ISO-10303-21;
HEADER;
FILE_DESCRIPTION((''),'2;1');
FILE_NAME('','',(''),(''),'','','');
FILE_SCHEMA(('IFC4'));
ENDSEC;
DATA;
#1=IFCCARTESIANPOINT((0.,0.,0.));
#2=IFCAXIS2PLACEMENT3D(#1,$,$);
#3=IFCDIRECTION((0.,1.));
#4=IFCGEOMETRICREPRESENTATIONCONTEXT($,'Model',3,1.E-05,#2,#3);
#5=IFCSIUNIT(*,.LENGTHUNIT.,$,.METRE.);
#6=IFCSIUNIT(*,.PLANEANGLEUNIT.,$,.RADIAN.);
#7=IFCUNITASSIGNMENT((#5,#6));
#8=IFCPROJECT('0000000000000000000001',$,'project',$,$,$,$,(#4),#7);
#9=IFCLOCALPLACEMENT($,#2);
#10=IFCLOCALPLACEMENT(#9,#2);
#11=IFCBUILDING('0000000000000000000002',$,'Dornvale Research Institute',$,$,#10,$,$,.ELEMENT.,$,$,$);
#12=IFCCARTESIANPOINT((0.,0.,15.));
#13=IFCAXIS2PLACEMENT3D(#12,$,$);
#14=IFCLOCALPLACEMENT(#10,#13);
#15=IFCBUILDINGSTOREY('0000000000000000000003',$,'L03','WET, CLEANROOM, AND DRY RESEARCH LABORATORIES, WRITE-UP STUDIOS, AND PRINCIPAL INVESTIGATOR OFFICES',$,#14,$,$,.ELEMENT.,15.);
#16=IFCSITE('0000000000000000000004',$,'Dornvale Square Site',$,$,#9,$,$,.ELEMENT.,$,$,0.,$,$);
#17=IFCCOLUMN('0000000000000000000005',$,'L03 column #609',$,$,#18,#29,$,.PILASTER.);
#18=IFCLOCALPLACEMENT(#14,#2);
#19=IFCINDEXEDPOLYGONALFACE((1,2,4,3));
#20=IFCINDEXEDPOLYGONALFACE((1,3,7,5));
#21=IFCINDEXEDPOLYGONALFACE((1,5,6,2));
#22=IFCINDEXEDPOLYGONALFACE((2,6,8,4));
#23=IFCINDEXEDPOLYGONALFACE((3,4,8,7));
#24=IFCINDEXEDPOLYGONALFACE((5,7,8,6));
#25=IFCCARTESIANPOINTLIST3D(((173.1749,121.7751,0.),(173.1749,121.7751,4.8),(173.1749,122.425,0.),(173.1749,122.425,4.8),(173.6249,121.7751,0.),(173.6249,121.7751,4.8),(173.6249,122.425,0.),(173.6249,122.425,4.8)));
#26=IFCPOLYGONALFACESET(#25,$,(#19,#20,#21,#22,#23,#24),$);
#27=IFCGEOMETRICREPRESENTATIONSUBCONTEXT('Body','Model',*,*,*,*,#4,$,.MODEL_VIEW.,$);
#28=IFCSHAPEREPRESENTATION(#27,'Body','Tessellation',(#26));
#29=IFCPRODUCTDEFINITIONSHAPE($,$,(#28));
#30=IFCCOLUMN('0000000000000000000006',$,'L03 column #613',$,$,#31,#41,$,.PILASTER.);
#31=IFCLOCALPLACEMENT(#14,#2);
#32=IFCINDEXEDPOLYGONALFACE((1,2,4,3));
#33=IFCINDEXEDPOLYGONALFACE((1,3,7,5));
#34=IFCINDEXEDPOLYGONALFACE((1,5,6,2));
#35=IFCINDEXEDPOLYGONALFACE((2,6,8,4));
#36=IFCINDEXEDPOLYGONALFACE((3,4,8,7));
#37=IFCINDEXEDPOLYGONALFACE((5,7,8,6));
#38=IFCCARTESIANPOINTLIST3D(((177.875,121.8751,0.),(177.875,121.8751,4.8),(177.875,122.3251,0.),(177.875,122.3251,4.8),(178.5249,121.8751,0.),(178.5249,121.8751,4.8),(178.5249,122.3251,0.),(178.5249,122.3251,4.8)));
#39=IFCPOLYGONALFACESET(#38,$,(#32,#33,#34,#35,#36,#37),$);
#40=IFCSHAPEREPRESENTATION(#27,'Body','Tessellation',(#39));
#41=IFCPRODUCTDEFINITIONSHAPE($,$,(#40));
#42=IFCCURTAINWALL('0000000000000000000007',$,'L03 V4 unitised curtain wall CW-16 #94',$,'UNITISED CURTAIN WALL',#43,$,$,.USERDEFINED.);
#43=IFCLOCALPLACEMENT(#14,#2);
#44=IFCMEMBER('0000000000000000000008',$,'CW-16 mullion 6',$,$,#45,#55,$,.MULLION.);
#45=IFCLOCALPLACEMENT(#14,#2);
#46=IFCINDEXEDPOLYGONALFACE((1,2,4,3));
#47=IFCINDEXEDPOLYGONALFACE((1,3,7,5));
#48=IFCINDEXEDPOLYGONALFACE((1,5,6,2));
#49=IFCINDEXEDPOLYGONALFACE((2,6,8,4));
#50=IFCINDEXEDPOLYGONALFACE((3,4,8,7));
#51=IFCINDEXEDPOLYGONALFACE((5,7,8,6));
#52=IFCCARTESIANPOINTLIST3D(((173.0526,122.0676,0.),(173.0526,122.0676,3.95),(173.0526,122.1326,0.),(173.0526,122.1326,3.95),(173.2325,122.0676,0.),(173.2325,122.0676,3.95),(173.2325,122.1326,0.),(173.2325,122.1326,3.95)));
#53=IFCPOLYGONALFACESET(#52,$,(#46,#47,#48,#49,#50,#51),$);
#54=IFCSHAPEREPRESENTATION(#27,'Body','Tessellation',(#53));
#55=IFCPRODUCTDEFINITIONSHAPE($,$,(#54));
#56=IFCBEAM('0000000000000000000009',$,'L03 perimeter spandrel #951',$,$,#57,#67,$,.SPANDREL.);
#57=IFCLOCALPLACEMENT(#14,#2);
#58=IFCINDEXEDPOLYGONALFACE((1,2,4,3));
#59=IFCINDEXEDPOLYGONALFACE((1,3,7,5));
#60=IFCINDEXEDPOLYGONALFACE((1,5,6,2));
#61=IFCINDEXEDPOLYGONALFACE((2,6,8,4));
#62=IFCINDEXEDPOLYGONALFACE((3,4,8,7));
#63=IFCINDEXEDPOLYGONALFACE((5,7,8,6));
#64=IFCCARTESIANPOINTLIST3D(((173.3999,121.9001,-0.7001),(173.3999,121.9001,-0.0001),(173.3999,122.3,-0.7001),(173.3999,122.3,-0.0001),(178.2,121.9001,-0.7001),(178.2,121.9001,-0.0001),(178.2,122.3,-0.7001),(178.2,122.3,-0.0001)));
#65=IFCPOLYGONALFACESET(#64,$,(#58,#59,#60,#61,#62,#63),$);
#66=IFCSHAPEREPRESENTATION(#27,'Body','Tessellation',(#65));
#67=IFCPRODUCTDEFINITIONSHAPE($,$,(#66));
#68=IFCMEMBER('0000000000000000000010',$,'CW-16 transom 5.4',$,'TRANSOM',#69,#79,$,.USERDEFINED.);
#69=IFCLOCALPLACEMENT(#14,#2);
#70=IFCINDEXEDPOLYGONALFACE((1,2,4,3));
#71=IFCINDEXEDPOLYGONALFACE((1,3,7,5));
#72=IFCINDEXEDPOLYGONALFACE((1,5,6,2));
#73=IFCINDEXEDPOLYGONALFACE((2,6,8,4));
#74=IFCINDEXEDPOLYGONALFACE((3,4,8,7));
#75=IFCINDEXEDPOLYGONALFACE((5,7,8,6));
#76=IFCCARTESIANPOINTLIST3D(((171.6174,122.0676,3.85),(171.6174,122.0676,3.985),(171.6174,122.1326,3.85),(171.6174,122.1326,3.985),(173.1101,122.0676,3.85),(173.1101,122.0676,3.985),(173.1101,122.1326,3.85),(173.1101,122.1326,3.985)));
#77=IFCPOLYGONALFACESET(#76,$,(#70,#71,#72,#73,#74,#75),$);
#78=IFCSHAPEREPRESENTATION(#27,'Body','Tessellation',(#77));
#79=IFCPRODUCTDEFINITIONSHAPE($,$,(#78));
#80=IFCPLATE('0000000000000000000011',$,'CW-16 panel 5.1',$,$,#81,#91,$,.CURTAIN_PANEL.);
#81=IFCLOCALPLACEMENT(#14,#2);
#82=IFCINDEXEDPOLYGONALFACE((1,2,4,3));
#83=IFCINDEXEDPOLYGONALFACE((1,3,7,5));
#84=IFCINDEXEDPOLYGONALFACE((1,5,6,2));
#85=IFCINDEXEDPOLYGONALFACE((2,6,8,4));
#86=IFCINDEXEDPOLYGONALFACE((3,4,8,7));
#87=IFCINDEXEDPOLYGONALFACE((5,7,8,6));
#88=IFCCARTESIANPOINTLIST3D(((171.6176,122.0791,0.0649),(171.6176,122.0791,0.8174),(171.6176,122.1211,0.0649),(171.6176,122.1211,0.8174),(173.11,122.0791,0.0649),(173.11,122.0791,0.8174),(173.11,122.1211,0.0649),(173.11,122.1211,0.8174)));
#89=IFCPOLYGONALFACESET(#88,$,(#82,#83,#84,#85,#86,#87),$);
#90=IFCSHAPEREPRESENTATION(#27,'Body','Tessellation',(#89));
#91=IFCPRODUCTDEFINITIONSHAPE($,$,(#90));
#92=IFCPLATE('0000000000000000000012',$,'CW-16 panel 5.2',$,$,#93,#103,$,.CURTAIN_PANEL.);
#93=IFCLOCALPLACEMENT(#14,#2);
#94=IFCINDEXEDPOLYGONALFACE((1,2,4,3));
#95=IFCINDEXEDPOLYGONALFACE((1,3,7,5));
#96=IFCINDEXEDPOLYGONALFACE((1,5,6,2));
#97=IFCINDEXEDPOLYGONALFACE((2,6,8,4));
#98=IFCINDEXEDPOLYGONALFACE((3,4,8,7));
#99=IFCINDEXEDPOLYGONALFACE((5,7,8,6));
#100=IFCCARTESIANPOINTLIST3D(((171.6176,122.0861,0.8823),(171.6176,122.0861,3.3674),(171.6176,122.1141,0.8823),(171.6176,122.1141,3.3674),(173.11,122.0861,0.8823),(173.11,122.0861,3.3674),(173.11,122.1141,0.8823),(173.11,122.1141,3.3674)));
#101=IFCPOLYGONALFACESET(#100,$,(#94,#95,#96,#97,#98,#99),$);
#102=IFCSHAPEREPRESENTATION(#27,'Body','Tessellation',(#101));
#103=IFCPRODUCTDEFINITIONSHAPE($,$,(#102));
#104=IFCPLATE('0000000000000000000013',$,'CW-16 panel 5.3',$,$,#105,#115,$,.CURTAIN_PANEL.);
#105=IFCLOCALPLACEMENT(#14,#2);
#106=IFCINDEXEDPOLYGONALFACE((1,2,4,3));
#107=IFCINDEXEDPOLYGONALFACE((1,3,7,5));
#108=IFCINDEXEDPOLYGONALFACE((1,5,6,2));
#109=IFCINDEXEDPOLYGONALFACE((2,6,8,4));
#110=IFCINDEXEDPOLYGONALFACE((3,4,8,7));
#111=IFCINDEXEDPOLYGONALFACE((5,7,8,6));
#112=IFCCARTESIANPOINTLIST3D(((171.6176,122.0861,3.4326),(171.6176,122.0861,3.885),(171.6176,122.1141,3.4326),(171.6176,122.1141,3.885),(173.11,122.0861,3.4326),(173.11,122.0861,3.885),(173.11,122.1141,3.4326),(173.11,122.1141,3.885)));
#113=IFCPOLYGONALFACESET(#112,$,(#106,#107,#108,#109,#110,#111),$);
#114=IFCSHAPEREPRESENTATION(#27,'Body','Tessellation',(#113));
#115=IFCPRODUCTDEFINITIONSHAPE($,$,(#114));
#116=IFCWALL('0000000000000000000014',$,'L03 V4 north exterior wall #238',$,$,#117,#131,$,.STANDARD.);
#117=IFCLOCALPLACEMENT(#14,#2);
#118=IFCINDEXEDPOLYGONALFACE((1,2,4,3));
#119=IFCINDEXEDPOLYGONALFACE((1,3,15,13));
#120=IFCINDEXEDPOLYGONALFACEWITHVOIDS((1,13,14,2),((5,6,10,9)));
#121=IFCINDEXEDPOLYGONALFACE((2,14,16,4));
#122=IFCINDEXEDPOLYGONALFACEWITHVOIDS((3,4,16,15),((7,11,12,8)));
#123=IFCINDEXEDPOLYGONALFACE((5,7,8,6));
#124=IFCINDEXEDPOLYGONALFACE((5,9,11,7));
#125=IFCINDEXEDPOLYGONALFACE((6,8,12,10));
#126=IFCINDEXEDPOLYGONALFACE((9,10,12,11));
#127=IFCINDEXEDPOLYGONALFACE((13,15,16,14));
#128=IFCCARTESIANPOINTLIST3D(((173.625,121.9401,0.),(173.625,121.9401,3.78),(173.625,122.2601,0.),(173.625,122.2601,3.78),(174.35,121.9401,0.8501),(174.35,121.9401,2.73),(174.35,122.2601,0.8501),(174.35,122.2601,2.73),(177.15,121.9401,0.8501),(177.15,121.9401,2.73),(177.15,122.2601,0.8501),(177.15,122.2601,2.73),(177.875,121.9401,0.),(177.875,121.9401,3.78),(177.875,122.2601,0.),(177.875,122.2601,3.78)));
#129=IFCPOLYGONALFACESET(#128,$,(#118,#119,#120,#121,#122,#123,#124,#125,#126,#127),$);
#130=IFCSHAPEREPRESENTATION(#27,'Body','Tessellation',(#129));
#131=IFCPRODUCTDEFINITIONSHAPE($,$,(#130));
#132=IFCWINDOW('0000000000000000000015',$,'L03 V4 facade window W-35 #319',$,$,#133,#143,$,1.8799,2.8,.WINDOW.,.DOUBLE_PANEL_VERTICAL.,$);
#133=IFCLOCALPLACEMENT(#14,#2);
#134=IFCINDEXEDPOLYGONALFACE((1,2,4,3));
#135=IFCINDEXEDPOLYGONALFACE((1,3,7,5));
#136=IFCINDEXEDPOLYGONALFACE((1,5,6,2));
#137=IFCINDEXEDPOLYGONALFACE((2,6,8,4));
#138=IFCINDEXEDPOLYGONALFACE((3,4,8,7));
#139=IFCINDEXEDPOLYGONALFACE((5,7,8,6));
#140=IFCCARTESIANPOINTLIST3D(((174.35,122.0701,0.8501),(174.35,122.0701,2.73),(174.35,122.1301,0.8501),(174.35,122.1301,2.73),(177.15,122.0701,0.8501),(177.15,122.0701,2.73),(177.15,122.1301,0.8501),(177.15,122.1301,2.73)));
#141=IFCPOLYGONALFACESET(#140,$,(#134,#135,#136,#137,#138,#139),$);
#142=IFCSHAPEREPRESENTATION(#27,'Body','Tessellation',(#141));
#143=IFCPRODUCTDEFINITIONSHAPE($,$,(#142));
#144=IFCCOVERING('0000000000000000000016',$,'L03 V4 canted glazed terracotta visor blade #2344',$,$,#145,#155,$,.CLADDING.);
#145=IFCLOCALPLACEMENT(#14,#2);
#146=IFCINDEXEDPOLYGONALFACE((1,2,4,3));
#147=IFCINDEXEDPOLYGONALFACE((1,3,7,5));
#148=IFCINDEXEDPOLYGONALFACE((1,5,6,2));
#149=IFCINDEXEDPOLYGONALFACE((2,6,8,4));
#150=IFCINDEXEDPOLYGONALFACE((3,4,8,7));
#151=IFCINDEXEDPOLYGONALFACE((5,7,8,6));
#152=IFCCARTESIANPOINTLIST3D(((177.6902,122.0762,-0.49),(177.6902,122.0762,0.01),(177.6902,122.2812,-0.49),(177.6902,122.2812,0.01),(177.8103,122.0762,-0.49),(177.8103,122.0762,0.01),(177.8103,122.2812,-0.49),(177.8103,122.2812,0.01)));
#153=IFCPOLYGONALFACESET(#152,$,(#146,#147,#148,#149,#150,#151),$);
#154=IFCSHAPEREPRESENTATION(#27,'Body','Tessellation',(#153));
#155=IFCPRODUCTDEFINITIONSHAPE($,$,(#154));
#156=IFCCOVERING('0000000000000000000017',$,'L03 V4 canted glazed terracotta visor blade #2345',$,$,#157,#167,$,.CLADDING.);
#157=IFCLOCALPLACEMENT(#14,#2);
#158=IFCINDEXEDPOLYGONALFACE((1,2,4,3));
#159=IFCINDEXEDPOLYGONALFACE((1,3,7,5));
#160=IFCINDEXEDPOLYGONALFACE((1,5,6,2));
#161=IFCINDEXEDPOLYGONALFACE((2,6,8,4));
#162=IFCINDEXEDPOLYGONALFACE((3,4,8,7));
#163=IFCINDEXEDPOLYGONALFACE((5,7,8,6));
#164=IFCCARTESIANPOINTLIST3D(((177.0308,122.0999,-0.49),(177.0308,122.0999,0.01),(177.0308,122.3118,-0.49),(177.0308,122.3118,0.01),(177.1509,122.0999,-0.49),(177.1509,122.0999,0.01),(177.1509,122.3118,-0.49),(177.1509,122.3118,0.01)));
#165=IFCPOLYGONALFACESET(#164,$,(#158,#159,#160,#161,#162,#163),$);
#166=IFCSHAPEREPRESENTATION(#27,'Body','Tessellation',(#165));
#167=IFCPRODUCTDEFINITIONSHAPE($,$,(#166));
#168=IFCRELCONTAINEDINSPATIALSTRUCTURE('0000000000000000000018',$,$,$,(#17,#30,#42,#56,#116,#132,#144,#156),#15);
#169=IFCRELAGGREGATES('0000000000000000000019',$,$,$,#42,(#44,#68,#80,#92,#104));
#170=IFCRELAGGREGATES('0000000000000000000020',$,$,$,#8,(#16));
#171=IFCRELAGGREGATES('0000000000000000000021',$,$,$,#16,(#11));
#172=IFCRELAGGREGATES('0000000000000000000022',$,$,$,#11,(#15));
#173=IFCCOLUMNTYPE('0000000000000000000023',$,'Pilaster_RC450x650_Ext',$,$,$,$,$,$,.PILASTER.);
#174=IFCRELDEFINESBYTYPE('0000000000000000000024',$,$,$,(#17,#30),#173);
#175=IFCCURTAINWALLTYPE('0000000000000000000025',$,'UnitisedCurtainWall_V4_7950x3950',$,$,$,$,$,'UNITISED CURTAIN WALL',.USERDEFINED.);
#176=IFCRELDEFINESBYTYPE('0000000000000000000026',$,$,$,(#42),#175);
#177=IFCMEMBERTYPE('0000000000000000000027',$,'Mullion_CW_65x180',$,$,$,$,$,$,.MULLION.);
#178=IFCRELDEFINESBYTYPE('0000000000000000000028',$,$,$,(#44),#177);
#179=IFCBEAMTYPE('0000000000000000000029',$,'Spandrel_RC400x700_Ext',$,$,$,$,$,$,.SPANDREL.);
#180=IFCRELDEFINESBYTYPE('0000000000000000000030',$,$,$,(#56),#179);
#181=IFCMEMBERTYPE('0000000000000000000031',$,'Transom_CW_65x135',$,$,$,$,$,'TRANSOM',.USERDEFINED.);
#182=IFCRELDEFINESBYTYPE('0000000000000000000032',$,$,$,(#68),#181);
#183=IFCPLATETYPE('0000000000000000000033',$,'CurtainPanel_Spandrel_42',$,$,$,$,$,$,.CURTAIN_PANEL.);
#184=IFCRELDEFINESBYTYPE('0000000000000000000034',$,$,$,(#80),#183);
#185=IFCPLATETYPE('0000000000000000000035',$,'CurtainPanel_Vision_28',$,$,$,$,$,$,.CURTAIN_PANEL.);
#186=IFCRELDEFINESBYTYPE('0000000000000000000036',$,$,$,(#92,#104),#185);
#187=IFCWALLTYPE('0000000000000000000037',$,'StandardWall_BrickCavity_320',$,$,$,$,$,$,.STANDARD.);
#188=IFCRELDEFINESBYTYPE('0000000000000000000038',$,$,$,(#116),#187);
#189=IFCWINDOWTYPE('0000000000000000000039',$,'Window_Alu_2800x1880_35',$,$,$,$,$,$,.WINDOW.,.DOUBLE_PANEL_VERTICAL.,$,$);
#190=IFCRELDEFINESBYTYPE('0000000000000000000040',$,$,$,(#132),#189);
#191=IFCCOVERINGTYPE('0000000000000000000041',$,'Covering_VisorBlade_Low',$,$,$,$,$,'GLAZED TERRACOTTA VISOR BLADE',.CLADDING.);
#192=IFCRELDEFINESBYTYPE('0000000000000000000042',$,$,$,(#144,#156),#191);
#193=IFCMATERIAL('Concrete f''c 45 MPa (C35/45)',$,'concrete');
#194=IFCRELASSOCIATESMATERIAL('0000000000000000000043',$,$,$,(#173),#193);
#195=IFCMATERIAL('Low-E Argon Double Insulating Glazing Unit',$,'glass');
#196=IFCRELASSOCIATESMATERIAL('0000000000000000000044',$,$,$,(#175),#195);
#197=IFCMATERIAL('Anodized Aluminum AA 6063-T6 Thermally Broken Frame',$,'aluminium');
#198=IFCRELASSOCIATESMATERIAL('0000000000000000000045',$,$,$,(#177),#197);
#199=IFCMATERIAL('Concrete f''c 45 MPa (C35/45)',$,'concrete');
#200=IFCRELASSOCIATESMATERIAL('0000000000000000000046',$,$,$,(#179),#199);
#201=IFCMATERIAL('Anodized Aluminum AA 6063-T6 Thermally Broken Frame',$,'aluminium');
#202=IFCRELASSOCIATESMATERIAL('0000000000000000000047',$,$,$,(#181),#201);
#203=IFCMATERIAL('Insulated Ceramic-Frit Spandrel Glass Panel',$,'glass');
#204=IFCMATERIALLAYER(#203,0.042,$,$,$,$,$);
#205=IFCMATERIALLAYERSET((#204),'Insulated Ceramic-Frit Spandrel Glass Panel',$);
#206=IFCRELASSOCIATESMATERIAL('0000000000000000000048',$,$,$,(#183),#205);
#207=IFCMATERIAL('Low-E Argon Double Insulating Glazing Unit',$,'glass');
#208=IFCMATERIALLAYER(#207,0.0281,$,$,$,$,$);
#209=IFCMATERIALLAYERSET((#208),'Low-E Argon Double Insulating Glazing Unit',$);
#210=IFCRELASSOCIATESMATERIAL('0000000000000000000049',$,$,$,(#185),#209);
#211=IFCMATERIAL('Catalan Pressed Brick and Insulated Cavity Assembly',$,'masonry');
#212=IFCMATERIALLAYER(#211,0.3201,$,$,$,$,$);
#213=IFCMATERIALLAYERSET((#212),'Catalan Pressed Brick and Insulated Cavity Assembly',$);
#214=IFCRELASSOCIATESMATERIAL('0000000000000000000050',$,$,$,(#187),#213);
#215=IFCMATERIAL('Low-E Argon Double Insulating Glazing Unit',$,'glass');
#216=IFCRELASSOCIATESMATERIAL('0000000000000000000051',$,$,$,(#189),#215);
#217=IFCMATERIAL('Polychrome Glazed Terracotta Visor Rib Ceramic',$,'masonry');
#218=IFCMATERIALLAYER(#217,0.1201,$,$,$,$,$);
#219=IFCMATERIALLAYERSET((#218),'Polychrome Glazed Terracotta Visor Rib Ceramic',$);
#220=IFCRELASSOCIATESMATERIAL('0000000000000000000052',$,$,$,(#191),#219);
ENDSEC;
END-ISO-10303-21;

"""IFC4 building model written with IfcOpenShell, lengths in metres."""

from ifc_helpers import new_model, si_unit, direction, frame, frame_2d, origin, origin_2d, place, context, subcontext, project, spatial, rectangle, extrude, material, layer, layer_set, material_profile, profile_set, type_object, element, fill, aggregate, save


model = new_model("IFC4")

# Units and contexts
model_context = context("Model", 3, precision=1e-05, world=origin(), true_north=direction((0.0, 1.0)))
body_context = subcontext(model_context, "Body", "Model", "MODEL_VIEW")
ifc_project = project(units=[si_unit("LENGTHUNIT", "METRE"), si_unit("PLANEANGLEUNIT", "RADIAN")], contexts=[model_context])

# Site, building, storey
site_placement = place(None, origin())
site = spatial("IfcSite", under=ifc_project, at=site_placement, Name="Dornvale Square Site", CompositionType="ELEMENT", RefElevation=0.0)
building_placement = place(site_placement, origin())
building = spatial("IfcBuilding", under=site, at=building_placement, Name="Dornvale Research Institute", CompositionType="ELEMENT")
storey_placement = place(building_placement, frame((0.0, 0.0, 15.0)))
storey = spatial("IfcBuildingStorey", under=building, at=storey_placement, Name="L03", Description="WET, CLEANROOM, AND DRY RESEARCH LABORATORIES, WRITE-UP STUDIOS, AND PRINCIPAL INVESTIGATOR OFFICES", CompositionType="ELEMENT", Elevation=15.0)

# Columns
ifc_material_1 = material(Name="Concrete f'c 45 MPa (C35/45)", Category="concrete")
ifc_material_profile_1 = material_profile(ifc_material_1, rectangle(XDim=0.45, YDim=0.6499, at=origin_2d()), Name="RC 450x650")
ifc_profile_set_1 = profile_set([ifc_material_profile_1], Name="Concrete f'c 45 MPa (C35/45)")
column_type = type_object("IfcColumnType", Name="Pilaster_RC450x650_Ext", PredefinedType="PILASTER", material=ifc_profile_set_1)
for number, where, z_axis, x_axis, name in (
    (1, (173.3999, 122.1001, 0.0), (0.0, 0.0, 1.0), (1.0, 0.0, 0.0), "L03 column #609"),
    (2, (178.2, 122.1001, 0.0), (0.0, 0.0, 1.0), (0.0, 1.0, 0.0), "L03 column #613"),
):
    element("IfcColumn", number, at=place(storey_placement, frame(where, z_axis=z_axis, x_axis=x_axis)), inside=storey, type_object=column_type, Name=name, PredefinedType="PILASTER", context=body_context, shape_type="SweptSolid", body=[
        extrude(rectangle(XDim=0.45, YDim=0.6499, at=origin_2d()), origin(), (0.0, 0.0, 1.0), 4.8),
    ])

# Curtain wall, member
ifc_material_2 = material(Name="Low-E Argon Double Insulating Glazing Unit", Category="glass")
curtain_wall_type = type_object("IfcCurtainWallType", Name="UnitisedCurtainWall_V4_7950x3950", ElementType="UNITISED CURTAIN WALL", PredefinedType="USERDEFINED", material=ifc_material_2)
curtain_wall_placement = place(storey_placement, origin())
curtain_wall = element("IfcCurtainWall", 3, at=curtain_wall_placement, inside=storey, type_object=curtain_wall_type, Name="L03 V4 unitised curtain wall CW-16 #94", ObjectType="UNITISED CURTAIN WALL", PredefinedType="USERDEFINED")
ifc_material_3 = material(Name="Anodized Aluminum AA 6063-T6 Thermally Broken Frame", Category="aluminium")
ifc_material_profile_2 = material_profile(ifc_material_3, rectangle(XDim=0.0649, YDim=0.1799, at=origin_2d()), Name="ALU MULLION 65x180")
ifc_profile_set_2 = profile_set([ifc_material_profile_2], Name="Anodized Aluminum AA 6063-T6 Thermally Broken Frame")
member_type_1 = type_object("IfcMemberType", Name="Mullion_CW_65x180", PredefinedType="MULLION", material=ifc_profile_set_2)
member_1_placement = place(storey_placement, frame((173.1426, 122.1001, 0.0), z_axis=(0.0, 0.0, 1.0), x_axis=(0.0, 1.0, 0.0)))
member_1 = element("IfcMember", 4, at=member_1_placement, type_object=member_type_1, Name="CW-16 mullion 6", PredefinedType="MULLION", context=body_context, shape_type="SweptSolid", body=[
    extrude(rectangle(XDim=0.0649, YDim=0.1799, at=origin_2d()), origin(), (0.0, 0.0, 1.0), 3.95),
])

# Beam
ifc_material_4 = material(Name="Concrete f'c 45 MPa (C35/45)", Category="concrete")
ifc_material_profile_3 = material_profile(ifc_material_4, rectangle(XDim=0.3999, YDim=0.7, at=origin_2d()), Name="RC 400x700")
ifc_profile_set_3 = profile_set([ifc_material_profile_3], Name="Concrete f'c 45 MPa (C35/45)")
beam_type = type_object("IfcBeamType", Name="Spandrel_RC400x700_Ext", PredefinedType="SPANDREL", material=ifc_profile_set_3)
beam_placement = place(storey_placement, frame((173.3999, 122.1001, -0.3501), z_axis=(1.0, 0.0, 0.0), x_axis=(0.0, 1.0, 0.0)))
element("IfcBeam", 5, at=beam_placement, inside=storey, type_object=beam_type, Name="L03 perimeter spandrel #951", PredefinedType="SPANDREL", context=body_context, shape_type="SweptSolid", body=[
    extrude(rectangle(XDim=0.3999, YDim=0.7, at=origin_2d()), origin(), (0.0, 0.0, 1.0), 4.8),
])

# Member
ifc_material_5 = material(Name="Anodized Aluminum AA 6063-T6 Thermally Broken Frame", Category="aluminium")
ifc_material_profile_4 = material_profile(ifc_material_5, rectangle(XDim=0.0649, YDim=0.135, at=origin_2d()), Name="ALU TRANSOM 65x135")
ifc_profile_set_4 = profile_set([ifc_material_profile_4], Name="Anodized Aluminum AA 6063-T6 Thermally Broken Frame")
member_type_2 = type_object("IfcMemberType", Name="Transom_CW_65x135", ElementType="TRANSOM", PredefinedType="USERDEFINED", material=ifc_profile_set_4)
member_2_placement = place(storey_placement, frame((171.6174, 122.1001, 3.9175), z_axis=(1.0, 0.0, 0.0), x_axis=(0.0, 1.0, 0.0)))
member_2 = element("IfcMember", 6, at=member_2_placement, type_object=member_type_2, Name="CW-16 transom 5.4", ObjectType="TRANSOM", PredefinedType="USERDEFINED", context=body_context, shape_type="SweptSolid", body=[
    extrude(rectangle(XDim=0.0649, YDim=0.135, at=origin_2d()), origin(), (0.0, 0.0, 1.0), 1.4927),
])

# Plates
ifc_material_6 = material(Name="Insulated Ceramic-Frit Spandrel Glass Panel", Category="glass")
ifc_layer_1 = layer(ifc_material_6, 0.042)
ifc_layer_set_1 = layer_set([ifc_layer_1], Name="Insulated Ceramic-Frit Spandrel Glass Panel")
plate_type_1 = type_object("IfcPlateType", Name="CurtainPanel_Spandrel_42", PredefinedType="CURTAIN_PANEL", material=ifc_layer_set_1)
plate_1_placement = place(storey_placement, frame((172.3638, 122.1001, 0.0649), z_axis=(0.0, 0.0, 1.0), x_axis=(1.0, 0.0, 0.0)))
plate_1 = element("IfcPlate", 7, at=plate_1_placement, type_object=plate_type_1, Name="CW-16 panel 5.1", PredefinedType="CURTAIN_PANEL", context=body_context, shape_type="SweptSolid", body=[
    extrude(rectangle(XDim=1.4924, YDim=0.042, at=origin_2d()), origin(), (0.0, 0.0, 1.0), 0.7524),
])
ifc_material_7 = material(Name="Low-E Argon Double Insulating Glazing Unit", Category="glass")
ifc_layer_2 = layer(ifc_material_7, 0.0281)
ifc_layer_set_2 = layer_set([ifc_layer_2], Name="Low-E Argon Double Insulating Glazing Unit")
plate_type_2 = type_object("IfcPlateType", Name="CurtainPanel_Vision_28", PredefinedType="CURTAIN_PANEL", material=ifc_layer_set_2)
plate_2_placement = place(storey_placement, frame((172.3638, 122.1001, 0.8823), z_axis=(0.0, 0.0, 1.0), x_axis=(1.0, 0.0, 0.0)))
plate_2 = element("IfcPlate", 8, at=plate_2_placement, type_object=plate_type_2, Name="CW-16 panel 5.2", PredefinedType="CURTAIN_PANEL", context=body_context, shape_type="SweptSolid", body=[
    extrude(rectangle(XDim=1.4924, YDim=0.0281, at=origin_2d()), origin(), (0.0, 0.0, 1.0), 2.4851),
])
plate_3_placement = place(storey_placement, frame((172.3638, 122.1001, 3.4326), z_axis=(0.0, 0.0, 1.0), x_axis=(1.0, 0.0, 0.0)))
plate_3 = element("IfcPlate", 9, at=plate_3_placement, type_object=plate_type_2, Name="CW-16 panel 5.3", PredefinedType="CURTAIN_PANEL", context=body_context, shape_type="SweptSolid", body=[
    extrude(rectangle(XDim=1.4924, YDim=0.0281, at=origin_2d()), origin(), (0.0, 0.0, 1.0), 0.4524),
])
aggregate(curtain_wall, [member_1, member_2, plate_1, plate_2, plate_3])

# Wall, opening, window
ifc_material_8 = material(Name="Catalan Pressed Brick and Insulated Cavity Assembly", Category="masonry")
ifc_layer_3 = layer(ifc_material_8, 0.3201)
ifc_layer_set_3 = layer_set([ifc_layer_3], Name="Catalan Pressed Brick and Insulated Cavity Assembly")
wall_type = type_object("IfcWallType", Name="StandardWall_BrickCavity_320", PredefinedType="STANDARD", material=ifc_layer_set_3)
wall_placement = place(storey_placement, frame((173.625, 122.1001, 0.0), z_axis=(0.0, 0.0, 1.0), x_axis=(1.0, 0.0, 0.0)))
wall = element("IfcWall", 10, at=wall_placement, inside=storey, type_object=wall_type, Name="L03 V4 north exterior wall #238", PredefinedType="STANDARD", context=body_context, shape_type="SweptSolid", body=[
    extrude(rectangle(XDim=4.25, YDim=0.3201, at=frame_2d((2.125, 0.0))), origin(), (0.0, 0.0, 1.0), 3.78),
])
opening_placement = place(wall_placement, frame((0.7251, 0.0, 0.8501)))
opening = element("IfcOpeningElement", 11, at=opening_placement, cuts=wall, PredefinedType="OPENING", context=body_context, shape_type="SweptSolid", body=[
    extrude(rectangle(XDim=2.8, YDim=1.8799, at=frame_2d((1.3999, 0.9399))), frame((0.0, 0.175, 0.0), z_axis=(0.0, -1.0, 0.0), x_axis=(1.0, 0.0, 0.0)), (0.0, 0.0, 1.0), 0.3501),
])
ifc_material_9 = material(Name="Low-E Argon Double Insulating Glazing Unit", Category="glass")
window_type = type_object("IfcWindowType", Name="Window_Alu_2800x1880_35", PartitioningType="DOUBLE_PANEL_VERTICAL", PredefinedType="WINDOW", material=ifc_material_9)
window_placement = place(opening_placement, origin())
window = element("IfcWindow", 12, at=window_placement, inside=storey, type_object=window_type, Name="L03 V4 facade window W-35 #319", OverallHeight=1.8799, OverallWidth=2.8, PartitioningType="DOUBLE_PANEL_VERTICAL", PredefinedType="WINDOW", context=body_context, shape_type="SweptSolid", body=[
    extrude(rectangle(XDim=2.8, YDim=1.8799, at=frame_2d((1.3999, 0.9399))), frame((0.0, 0.03, 0.0), z_axis=(0.0, -1.0, 0.0), x_axis=(1.0, 0.0, 0.0)), (0.0, 0.0, 1.0), 0.0601),
])
fill(opening, window)

# Coverings
ifc_material_10 = material(Name="Polychrome Glazed Terracotta Visor Rib Ceramic", Category="masonry")
ifc_layer_4 = layer(ifc_material_10, 0.1201)
ifc_layer_set_4 = layer_set([ifc_layer_4], Name="Polychrome Glazed Terracotta Visor Rib Ceramic")
covering_type = type_object("IfcCoveringType", Name="Covering_VisorBlade_Low", ElementType="GLAZED TERRACOTTA VISOR BLADE", PredefinedType="CLADDING", material=ifc_layer_set_4)
covering_1_placement = place(storey_placement, frame((177.7502, 122.1787, -0.49), z_axis=(0.0, 0.0, 1.0), x_axis=(0.0, 1.0, 0.0)))
element("IfcCovering", 13, at=covering_1_placement, inside=storey, type_object=covering_type, Name="L03 V4 canted glazed terracotta visor blade #2344", PredefinedType="CLADDING", context=body_context, shape_type="SweptSolid", body=[
    extrude(rectangle(XDim=0.2051, YDim=0.1201, at=origin_2d()), origin(), (0.0, 0.0, 1.0), 0.5),
])
covering_2_placement = place(storey_placement, frame((177.0908, 122.2058, -0.49), z_axis=(0.0, 0.0, 1.0), x_axis=(0.0, 1.0, 0.0)))
element("IfcCovering", 14, at=covering_2_placement, inside=storey, type_object=covering_type, Name="L03 V4 canted glazed terracotta visor blade #2345", PredefinedType="CLADDING", context=body_context, shape_type="SweptSolid", body=[
    extrude(rectangle(XDim=0.2119, YDim=0.1201, at=origin_2d()), origin(), (0.0, 0.0, 1.0), 0.5),
])

save(model, "model.ifc")
